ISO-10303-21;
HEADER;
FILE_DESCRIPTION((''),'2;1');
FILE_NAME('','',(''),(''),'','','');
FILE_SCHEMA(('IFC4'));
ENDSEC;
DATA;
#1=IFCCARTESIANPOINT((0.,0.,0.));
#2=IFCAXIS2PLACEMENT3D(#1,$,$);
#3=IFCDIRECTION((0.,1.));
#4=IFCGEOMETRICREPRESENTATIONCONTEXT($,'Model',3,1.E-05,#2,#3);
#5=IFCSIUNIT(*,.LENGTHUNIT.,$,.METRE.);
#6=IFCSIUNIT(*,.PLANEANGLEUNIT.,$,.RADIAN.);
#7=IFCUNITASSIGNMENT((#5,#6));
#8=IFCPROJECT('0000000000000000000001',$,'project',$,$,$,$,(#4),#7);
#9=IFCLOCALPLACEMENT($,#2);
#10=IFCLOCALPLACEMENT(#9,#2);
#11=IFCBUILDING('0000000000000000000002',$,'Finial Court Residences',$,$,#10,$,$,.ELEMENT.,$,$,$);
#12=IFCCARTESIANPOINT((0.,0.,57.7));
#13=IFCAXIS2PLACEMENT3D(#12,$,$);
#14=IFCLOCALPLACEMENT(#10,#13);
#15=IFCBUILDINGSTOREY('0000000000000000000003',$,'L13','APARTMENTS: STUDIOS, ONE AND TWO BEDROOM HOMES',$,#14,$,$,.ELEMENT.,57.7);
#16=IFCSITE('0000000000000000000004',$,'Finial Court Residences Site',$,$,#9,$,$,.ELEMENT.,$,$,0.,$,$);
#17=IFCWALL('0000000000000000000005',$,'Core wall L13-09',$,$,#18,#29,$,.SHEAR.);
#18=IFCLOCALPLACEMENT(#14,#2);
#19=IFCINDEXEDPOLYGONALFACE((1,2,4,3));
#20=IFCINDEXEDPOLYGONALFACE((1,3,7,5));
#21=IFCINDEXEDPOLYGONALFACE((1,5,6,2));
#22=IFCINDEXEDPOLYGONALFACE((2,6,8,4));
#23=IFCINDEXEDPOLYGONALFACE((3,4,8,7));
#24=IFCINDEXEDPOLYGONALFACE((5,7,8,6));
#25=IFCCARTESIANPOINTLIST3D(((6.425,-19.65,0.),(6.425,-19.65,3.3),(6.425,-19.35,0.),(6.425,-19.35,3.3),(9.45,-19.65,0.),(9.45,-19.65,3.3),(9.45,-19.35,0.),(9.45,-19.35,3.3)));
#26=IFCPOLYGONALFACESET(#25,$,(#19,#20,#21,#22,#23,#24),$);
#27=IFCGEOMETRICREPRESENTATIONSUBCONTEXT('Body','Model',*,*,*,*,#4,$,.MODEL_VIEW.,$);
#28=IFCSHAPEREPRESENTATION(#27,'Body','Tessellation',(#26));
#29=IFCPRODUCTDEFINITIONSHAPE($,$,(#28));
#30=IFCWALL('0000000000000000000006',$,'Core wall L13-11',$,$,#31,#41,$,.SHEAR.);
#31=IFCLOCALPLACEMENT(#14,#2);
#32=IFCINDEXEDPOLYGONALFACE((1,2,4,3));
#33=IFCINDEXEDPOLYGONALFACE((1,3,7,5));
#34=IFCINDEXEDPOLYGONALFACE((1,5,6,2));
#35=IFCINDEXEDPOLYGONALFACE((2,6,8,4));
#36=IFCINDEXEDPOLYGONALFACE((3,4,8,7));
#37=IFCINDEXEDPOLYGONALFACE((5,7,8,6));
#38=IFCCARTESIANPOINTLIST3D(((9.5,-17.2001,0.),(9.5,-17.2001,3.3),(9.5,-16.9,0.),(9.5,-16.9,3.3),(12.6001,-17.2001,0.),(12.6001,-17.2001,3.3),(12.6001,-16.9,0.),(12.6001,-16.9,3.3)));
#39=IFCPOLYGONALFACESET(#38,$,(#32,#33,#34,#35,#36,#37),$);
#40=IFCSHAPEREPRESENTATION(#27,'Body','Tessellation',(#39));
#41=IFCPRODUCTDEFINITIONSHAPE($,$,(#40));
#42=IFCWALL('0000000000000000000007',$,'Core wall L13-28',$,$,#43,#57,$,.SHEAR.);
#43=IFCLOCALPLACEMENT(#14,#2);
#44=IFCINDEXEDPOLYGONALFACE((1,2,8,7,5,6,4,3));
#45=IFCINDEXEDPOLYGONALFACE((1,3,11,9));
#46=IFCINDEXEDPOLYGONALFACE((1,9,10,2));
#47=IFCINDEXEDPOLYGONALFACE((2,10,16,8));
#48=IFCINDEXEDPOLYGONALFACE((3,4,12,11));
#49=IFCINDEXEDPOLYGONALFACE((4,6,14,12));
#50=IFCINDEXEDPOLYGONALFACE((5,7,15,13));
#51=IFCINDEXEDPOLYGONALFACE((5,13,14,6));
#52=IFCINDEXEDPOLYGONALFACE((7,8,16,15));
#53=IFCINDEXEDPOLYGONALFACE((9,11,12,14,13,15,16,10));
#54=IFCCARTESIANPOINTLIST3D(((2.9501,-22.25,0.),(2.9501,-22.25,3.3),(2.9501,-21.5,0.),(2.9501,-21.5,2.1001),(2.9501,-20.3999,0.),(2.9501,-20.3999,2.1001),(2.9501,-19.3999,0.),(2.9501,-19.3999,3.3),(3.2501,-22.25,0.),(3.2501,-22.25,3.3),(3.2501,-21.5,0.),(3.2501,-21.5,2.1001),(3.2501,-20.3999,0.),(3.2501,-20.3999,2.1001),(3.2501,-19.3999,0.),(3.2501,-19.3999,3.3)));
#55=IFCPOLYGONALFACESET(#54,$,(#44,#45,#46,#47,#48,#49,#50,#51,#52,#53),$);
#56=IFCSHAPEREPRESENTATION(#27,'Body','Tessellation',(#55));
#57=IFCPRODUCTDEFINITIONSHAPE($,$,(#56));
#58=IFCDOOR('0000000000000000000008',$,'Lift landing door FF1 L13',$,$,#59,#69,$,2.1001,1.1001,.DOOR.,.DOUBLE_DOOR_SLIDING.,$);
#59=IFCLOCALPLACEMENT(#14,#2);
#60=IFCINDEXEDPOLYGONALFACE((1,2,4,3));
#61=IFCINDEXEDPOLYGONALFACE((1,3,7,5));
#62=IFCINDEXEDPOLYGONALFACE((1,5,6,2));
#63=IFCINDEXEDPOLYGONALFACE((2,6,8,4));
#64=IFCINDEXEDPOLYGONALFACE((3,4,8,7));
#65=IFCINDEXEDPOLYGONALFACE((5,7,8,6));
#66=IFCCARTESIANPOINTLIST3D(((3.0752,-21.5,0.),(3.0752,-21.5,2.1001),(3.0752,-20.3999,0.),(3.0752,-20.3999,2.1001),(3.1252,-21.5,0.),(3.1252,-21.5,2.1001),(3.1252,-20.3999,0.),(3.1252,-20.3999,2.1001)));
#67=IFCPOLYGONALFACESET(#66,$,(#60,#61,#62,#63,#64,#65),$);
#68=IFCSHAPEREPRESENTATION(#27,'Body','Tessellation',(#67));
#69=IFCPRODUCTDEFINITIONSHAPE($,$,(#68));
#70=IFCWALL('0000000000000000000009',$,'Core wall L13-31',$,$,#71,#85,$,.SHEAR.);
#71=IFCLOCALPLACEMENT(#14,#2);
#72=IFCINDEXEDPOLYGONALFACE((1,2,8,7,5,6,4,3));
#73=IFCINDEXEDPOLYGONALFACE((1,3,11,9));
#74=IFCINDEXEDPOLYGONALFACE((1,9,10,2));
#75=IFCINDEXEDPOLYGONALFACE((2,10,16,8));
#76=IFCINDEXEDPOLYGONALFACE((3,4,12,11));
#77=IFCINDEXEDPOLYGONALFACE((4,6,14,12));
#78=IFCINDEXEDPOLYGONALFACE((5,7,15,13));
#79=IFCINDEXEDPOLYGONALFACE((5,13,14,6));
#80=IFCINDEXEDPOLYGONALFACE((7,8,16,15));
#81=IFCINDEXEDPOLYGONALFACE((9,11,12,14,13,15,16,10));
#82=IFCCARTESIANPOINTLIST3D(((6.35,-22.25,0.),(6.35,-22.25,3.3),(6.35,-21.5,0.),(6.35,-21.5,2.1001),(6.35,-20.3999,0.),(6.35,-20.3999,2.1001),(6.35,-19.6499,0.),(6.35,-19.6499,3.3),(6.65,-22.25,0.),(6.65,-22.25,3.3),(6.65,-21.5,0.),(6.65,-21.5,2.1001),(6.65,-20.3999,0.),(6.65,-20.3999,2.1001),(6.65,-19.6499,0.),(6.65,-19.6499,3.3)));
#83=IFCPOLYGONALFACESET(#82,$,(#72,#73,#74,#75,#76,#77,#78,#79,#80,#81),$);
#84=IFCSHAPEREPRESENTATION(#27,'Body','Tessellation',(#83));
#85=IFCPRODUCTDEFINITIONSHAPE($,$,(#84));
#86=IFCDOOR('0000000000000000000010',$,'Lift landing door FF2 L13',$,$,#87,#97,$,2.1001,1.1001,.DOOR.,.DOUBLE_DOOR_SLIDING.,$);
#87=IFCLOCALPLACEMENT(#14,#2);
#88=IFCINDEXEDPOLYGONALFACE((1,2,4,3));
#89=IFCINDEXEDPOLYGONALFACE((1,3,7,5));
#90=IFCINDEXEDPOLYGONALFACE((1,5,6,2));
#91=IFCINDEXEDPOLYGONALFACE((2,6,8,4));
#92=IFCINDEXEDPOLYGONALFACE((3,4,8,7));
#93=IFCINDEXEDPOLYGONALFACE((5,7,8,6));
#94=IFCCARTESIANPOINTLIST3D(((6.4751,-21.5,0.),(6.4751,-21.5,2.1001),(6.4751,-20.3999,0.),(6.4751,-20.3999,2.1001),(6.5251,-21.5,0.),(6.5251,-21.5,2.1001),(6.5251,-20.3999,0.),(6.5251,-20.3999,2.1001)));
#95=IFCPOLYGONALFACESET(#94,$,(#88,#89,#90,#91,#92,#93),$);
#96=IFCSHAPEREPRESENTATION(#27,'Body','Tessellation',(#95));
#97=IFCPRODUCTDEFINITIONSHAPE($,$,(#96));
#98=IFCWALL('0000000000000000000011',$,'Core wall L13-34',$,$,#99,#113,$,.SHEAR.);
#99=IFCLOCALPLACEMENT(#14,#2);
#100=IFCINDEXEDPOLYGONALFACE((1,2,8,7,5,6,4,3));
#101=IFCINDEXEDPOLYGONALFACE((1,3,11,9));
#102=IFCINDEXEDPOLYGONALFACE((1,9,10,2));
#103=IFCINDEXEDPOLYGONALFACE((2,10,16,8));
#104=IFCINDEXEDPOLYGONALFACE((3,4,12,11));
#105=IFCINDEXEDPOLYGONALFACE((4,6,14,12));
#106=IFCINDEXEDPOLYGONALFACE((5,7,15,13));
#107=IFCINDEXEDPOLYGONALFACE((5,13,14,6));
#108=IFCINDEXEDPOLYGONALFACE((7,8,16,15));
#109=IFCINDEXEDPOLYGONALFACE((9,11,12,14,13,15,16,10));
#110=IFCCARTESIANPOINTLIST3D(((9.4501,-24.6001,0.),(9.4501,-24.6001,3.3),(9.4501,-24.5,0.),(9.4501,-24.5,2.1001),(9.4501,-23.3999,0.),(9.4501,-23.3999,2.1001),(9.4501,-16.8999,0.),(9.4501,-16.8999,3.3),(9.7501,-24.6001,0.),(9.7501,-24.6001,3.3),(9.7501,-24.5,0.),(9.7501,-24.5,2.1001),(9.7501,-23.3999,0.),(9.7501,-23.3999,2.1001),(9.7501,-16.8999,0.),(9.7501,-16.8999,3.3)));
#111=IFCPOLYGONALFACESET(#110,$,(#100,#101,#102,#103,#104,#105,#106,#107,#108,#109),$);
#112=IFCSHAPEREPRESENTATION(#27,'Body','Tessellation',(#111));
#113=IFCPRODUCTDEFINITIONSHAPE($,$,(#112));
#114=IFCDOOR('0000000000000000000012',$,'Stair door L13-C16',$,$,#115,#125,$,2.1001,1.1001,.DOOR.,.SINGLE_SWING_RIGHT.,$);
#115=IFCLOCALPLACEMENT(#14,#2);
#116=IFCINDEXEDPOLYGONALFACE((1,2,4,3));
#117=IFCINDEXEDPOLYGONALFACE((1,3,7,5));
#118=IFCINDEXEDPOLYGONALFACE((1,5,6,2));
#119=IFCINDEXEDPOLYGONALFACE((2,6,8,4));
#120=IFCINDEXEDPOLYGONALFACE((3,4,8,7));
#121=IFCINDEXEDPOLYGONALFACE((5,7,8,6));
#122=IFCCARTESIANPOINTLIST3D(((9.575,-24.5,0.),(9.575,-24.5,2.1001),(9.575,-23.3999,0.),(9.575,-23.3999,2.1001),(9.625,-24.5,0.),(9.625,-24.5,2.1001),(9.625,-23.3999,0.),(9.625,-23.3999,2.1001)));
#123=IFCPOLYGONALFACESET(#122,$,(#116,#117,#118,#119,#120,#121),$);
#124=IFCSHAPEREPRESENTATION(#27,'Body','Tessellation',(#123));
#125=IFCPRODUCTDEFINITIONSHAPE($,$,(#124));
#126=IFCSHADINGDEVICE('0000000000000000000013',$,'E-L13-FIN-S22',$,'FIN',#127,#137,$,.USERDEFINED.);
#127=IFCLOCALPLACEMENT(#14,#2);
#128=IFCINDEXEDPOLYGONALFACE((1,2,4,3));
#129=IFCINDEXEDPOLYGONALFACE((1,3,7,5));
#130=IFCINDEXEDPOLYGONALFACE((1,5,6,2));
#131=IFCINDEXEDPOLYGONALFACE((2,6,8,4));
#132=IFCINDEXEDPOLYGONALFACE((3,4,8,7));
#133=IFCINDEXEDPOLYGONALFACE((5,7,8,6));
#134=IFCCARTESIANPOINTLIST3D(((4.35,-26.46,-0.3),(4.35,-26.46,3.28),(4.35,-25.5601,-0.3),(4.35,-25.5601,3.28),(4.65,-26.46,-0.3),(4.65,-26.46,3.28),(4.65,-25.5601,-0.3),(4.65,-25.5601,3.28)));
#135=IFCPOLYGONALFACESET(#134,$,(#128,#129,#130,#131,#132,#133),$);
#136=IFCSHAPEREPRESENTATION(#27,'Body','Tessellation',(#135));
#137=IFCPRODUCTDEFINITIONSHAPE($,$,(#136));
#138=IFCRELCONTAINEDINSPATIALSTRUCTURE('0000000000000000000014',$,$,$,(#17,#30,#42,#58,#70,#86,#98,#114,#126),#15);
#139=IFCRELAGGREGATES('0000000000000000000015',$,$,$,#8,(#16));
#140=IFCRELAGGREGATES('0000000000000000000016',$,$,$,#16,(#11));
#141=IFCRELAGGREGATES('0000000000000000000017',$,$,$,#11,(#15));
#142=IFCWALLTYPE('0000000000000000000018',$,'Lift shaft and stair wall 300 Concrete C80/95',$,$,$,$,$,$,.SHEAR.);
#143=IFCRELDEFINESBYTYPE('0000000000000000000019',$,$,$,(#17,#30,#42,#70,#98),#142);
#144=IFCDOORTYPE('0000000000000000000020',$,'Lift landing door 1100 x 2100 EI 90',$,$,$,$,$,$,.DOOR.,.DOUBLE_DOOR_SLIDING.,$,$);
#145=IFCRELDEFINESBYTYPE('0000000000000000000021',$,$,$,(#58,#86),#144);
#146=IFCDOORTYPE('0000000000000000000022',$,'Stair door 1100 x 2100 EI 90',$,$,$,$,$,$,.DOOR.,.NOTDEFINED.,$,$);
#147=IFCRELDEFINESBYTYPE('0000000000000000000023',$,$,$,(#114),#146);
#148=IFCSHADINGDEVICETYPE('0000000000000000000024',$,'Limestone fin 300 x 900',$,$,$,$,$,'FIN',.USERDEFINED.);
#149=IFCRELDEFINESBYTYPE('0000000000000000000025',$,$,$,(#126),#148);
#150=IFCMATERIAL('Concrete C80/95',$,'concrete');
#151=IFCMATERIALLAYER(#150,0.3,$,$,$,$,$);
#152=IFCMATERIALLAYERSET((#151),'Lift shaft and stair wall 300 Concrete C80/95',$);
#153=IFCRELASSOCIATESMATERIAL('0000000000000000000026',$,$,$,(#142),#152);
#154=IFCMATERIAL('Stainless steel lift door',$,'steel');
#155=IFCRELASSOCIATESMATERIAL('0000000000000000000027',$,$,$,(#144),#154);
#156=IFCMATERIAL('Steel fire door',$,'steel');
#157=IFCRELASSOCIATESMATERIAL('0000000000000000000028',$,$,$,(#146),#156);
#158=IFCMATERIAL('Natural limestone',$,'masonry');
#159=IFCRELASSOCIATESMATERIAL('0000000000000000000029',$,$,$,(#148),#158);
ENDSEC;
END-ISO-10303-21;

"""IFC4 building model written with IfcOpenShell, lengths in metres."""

from ifc_helpers import new_model, si_unit, direction, frame, frame_2d, origin, origin_2d, place, context, subcontext, project, spatial, rectangle, extrude, material, layer, layer_set, type_object, element, fill, save


model = new_model("IFC4")

# Units and contexts
model_context = context("Model", 3, precision=1e-05, world=origin(), true_north=direction((0.0, 1.0)))
body_context = subcontext(model_context, "Body", "Model", "MODEL_VIEW")
ifc_project = project(units=[si_unit("LENGTHUNIT", "METRE"), si_unit("PLANEANGLEUNIT", "RADIAN")], contexts=[model_context])

# Site, building, storey
site_placement = place(None, origin())
site = spatial("IfcSite", under=ifc_project, at=site_placement, Name="Finial Court Residences Site", CompositionType="ELEMENT", RefElevation=0.0)
building_placement = place(site_placement, origin())
building = spatial("IfcBuilding", under=site, at=building_placement, Name="Finial Court Residences", CompositionType="ELEMENT")
storey_placement = place(building_placement, frame((0.0, 0.0, 57.7)))
storey = spatial("IfcBuildingStorey", under=building, at=storey_placement, Name="L13", Description="APARTMENTS: STUDIOS, ONE AND TWO BEDROOM HOMES", CompositionType="ELEMENT", Elevation=57.7)

# Shared definitions
ifc_material_1 = material(Name="Steel fire door", Category="steel")

# Walls
ifc_material_2 = material(Name="Concrete C80/95", Category="concrete")
ifc_layer_1 = layer(ifc_material_2, 0.3)
ifc_layer_set_1 = layer_set([ifc_layer_1], Name="Lift shaft and stair wall 300 Concrete C80/95")
wall_type_1 = type_object("IfcWallType", Name="Lift shaft and stair wall 300 Concrete C80/95", PredefinedType="SHEAR", material=ifc_layer_set_1)
wall_1_placement = place(storey_placement, frame((6.425, -19.5, 0.0), z_axis=(0.0, 0.0, 1.0), x_axis=(1.0, 0.0, 0.0)))
element("IfcWall", 1, at=wall_1_placement, inside=storey, type_object=wall_type_1, Name="Core wall L13-09", PredefinedType="SHEAR", context=body_context, shape_type="SweptSolid", body=[
    extrude(rectangle(XDim=3.0249, YDim=0.3, at=frame_2d((1.5125, 0.0))), origin(), (0.0, 0.0, 1.0), 3.3),
])
wall_2_placement = place(storey_placement, frame((9.5, -17.05, 0.0), z_axis=(0.0, 0.0, 1.0), x_axis=(1.0, 0.0, 0.0)))
element("IfcWall", 2, at=wall_2_placement, inside=storey, type_object=wall_type_1, Name="Core wall L13-11", PredefinedType="SHEAR", context=body_context, shape_type="SweptSolid", body=[
    extrude(rectangle(XDim=3.1001, YDim=0.3, at=frame_2d((1.55, 0.0))), origin(), (0.0, 0.0, 1.0), 3.3),
])

# Walls, openings, doors
wall_3_placement = place(storey_placement, frame((3.1001, -22.25, 0.0), z_axis=(0.0, 0.0, 1.0), x_axis=(0.0, 1.0, 0.0)))
wall_3 = element("IfcWall", 3, at=wall_3_placement, inside=storey, type_object=wall_type_1, Name="Core wall L13-28", PredefinedType="SHEAR", context=body_context, shape_type="SweptSolid", body=[
    extrude(rectangle(XDim=2.8501, YDim=0.3, at=frame_2d((1.425, 0.0))), origin(), (0.0, 0.0, 1.0), 3.3),
])
opening_1_placement = place(wall_3_placement, frame((0.75, 0.0, 0.0)))
opening_1 = element("IfcOpeningElement", 4, at=opening_1_placement, cuts=wall_3, PredefinedType="OPENING", context=body_context, shape_type="SweptSolid", body=[
    extrude(rectangle(XDim=1.1001, YDim=2.1001, at=frame_2d((0.55, 1.05))), frame((0.0, 0.1599, 0.0), z_axis=(0.0, -1.0, 0.0), x_axis=(1.0, 0.0, 0.0)), (0.0, 0.0, 1.0), 0.3201),
])
ifc_material_3 = material(Name="Stainless steel lift door", Category="steel")
door_type_1 = type_object("IfcDoorType", Name="Lift landing door 1100 x 2100 EI 90", OperationType="DOUBLE_DOOR_SLIDING", PredefinedType="DOOR", material=ifc_material_3)
door_1_placement = place(opening_1_placement, origin())
door_1 = element("IfcDoor", 5, at=door_1_placement, inside=storey, type_object=door_type_1, Name="Lift landing door FF1 L13", OperationType="DOUBLE_DOOR_SLIDING", OverallHeight=2.1001, OverallWidth=1.1001, PredefinedType="DOOR", context=body_context, shape_type="SweptSolid", body=[
    extrude(rectangle(XDim=1.1001, YDim=2.1001, at=frame_2d((0.55, 1.05))), frame((0.0, 0.0249, 0.0), z_axis=(0.0, -1.0, 0.0), x_axis=(1.0, 0.0, 0.0)), (0.0, 0.0, 1.0), 0.05),
])
fill(opening_1, door_1)
wall_4_placement = place(storey_placement, frame((6.5, -22.25, 0.0), z_axis=(0.0, 0.0, 1.0), x_axis=(0.0, 1.0, 0.0)))
wall_4 = element("IfcWall", 6, at=wall_4_placement, inside=storey, type_object=wall_type_1, Name="Core wall L13-31", PredefinedType="SHEAR", context=body_context, shape_type="SweptSolid", body=[
    extrude(rectangle(XDim=2.6001, YDim=0.3, at=frame_2d((1.3, 0.0))), origin(), (0.0, 0.0, 1.0), 3.3),
])
opening_2_placement = place(wall_4_placement, frame((0.75, 0.0, 0.0)))
opening_2 = element("IfcOpeningElement", 7, at=opening_2_placement, cuts=wall_4, PredefinedType="OPENING", context=body_context, shape_type="SweptSolid", body=[
    extrude(rectangle(XDim=1.1001, YDim=2.1001, at=frame_2d((0.55, 1.05))), frame((0.0, 0.1599, 0.0), z_axis=(0.0, -1.0, 0.0), x_axis=(1.0, 0.0, 0.0)), (0.0, 0.0, 1.0), 0.3201),
])
door_2_placement = place(opening_2_placement, origin())
door_2 = element("IfcDoor", 8, at=door_2_placement, inside=storey, type_object=door_type_1, Name="Lift landing door FF2 L13", OperationType="DOUBLE_DOOR_SLIDING", OverallHeight=2.1001, OverallWidth=1.1001, PredefinedType="DOOR", context=body_context, shape_type="SweptSolid", body=[
    extrude(rectangle(XDim=1.1001, YDim=2.1001, at=frame_2d((0.55, 1.05))), frame((0.0, 0.0249, 0.0), z_axis=(0.0, -1.0, 0.0), x_axis=(1.0, 0.0, 0.0)), (0.0, 0.0, 1.0), 0.05),
])
fill(opening_2, door_2)
wall_5_placement = place(storey_placement, frame((9.6001, -16.8999, 0.0), z_axis=(0.0, 0.0, 1.0), x_axis=(0.0, -1.0, 0.0)))
wall_5 = element("IfcWall", 9, at=wall_5_placement, inside=storey, type_object=wall_type_1, Name="Core wall L13-34", PredefinedType="SHEAR", context=body_context, shape_type="SweptSolid", body=[
    extrude(rectangle(XDim=7.7002, YDim=0.3, at=frame_2d((3.8501, 0.0))), origin(), (0.0, 0.0, 1.0), 3.3),
])
opening_3_placement = place(wall_5_placement, frame((6.5, 0.0, 0.0)))
opening_3 = element("IfcOpeningElement", 10, at=opening_3_placement, cuts=wall_5, PredefinedType="OPENING", context=body_context, shape_type="SweptSolid", body=[
    extrude(rectangle(XDim=1.1001, YDim=2.1001, at=frame_2d((0.55, 1.05))), frame((0.0, 0.1599, 0.0), z_axis=(0.0, -1.0, 0.0), x_axis=(1.0, 0.0, 0.0)), (0.0, 0.0, 1.0), 0.3201),
])
door_type_2 = type_object("IfcDoorType", Name="Stair door 1100 x 2100 EI 90", OperationType="NOTDEFINED", PredefinedType="DOOR", material=ifc_material_1)
door_3_placement = place(opening_3_placement, origin())
door_3 = element("IfcDoor", 11, at=door_3_placement, inside=storey, type_object=door_type_2, Name="Stair door L13-C16", OperationType="SINGLE_SWING_RIGHT", OverallHeight=2.1001, OverallWidth=1.1001, PredefinedType="DOOR", context=body_context, shape_type="SweptSolid", body=[
    extrude(rectangle(XDim=1.1001, YDim=2.1001, at=frame_2d((0.55, 1.05))), frame((0.0, 0.0249, 0.0), z_axis=(0.0, -1.0, 0.0), x_axis=(1.0, 0.0, 0.0)), (0.0, 0.0, 1.0), 0.05),
])
fill(opening_3, door_3)

# Shading device
ifc_material_4 = material(Name="Natural limestone", Category="masonry")
shading_device_type = type_object("IfcShadingDeviceType", Name="Limestone fin 300 x 900", ElementType="FIN", PredefinedType="USERDEFINED", material=ifc_material_4)
shading_device_placement = place(storey_placement, frame((4.5, -26.01, -0.3), z_axis=(0.0, 0.0, 1.0), x_axis=(1.0, 0.0, 0.0)))
element("IfcShadingDevice", 12, at=shading_device_placement, inside=storey, type_object=shading_device_type, Name="E-L13-FIN-S22", ObjectType="FIN", PredefinedType="USERDEFINED", context=body_context, shape_type="SweptSolid", body=[
    extrude(rectangle(XDim=0.3, YDim=0.8999, at=origin_2d()), origin(), (0.0, 0.0, 1.0), 3.5801),
])

save(model, "model.ifc")
